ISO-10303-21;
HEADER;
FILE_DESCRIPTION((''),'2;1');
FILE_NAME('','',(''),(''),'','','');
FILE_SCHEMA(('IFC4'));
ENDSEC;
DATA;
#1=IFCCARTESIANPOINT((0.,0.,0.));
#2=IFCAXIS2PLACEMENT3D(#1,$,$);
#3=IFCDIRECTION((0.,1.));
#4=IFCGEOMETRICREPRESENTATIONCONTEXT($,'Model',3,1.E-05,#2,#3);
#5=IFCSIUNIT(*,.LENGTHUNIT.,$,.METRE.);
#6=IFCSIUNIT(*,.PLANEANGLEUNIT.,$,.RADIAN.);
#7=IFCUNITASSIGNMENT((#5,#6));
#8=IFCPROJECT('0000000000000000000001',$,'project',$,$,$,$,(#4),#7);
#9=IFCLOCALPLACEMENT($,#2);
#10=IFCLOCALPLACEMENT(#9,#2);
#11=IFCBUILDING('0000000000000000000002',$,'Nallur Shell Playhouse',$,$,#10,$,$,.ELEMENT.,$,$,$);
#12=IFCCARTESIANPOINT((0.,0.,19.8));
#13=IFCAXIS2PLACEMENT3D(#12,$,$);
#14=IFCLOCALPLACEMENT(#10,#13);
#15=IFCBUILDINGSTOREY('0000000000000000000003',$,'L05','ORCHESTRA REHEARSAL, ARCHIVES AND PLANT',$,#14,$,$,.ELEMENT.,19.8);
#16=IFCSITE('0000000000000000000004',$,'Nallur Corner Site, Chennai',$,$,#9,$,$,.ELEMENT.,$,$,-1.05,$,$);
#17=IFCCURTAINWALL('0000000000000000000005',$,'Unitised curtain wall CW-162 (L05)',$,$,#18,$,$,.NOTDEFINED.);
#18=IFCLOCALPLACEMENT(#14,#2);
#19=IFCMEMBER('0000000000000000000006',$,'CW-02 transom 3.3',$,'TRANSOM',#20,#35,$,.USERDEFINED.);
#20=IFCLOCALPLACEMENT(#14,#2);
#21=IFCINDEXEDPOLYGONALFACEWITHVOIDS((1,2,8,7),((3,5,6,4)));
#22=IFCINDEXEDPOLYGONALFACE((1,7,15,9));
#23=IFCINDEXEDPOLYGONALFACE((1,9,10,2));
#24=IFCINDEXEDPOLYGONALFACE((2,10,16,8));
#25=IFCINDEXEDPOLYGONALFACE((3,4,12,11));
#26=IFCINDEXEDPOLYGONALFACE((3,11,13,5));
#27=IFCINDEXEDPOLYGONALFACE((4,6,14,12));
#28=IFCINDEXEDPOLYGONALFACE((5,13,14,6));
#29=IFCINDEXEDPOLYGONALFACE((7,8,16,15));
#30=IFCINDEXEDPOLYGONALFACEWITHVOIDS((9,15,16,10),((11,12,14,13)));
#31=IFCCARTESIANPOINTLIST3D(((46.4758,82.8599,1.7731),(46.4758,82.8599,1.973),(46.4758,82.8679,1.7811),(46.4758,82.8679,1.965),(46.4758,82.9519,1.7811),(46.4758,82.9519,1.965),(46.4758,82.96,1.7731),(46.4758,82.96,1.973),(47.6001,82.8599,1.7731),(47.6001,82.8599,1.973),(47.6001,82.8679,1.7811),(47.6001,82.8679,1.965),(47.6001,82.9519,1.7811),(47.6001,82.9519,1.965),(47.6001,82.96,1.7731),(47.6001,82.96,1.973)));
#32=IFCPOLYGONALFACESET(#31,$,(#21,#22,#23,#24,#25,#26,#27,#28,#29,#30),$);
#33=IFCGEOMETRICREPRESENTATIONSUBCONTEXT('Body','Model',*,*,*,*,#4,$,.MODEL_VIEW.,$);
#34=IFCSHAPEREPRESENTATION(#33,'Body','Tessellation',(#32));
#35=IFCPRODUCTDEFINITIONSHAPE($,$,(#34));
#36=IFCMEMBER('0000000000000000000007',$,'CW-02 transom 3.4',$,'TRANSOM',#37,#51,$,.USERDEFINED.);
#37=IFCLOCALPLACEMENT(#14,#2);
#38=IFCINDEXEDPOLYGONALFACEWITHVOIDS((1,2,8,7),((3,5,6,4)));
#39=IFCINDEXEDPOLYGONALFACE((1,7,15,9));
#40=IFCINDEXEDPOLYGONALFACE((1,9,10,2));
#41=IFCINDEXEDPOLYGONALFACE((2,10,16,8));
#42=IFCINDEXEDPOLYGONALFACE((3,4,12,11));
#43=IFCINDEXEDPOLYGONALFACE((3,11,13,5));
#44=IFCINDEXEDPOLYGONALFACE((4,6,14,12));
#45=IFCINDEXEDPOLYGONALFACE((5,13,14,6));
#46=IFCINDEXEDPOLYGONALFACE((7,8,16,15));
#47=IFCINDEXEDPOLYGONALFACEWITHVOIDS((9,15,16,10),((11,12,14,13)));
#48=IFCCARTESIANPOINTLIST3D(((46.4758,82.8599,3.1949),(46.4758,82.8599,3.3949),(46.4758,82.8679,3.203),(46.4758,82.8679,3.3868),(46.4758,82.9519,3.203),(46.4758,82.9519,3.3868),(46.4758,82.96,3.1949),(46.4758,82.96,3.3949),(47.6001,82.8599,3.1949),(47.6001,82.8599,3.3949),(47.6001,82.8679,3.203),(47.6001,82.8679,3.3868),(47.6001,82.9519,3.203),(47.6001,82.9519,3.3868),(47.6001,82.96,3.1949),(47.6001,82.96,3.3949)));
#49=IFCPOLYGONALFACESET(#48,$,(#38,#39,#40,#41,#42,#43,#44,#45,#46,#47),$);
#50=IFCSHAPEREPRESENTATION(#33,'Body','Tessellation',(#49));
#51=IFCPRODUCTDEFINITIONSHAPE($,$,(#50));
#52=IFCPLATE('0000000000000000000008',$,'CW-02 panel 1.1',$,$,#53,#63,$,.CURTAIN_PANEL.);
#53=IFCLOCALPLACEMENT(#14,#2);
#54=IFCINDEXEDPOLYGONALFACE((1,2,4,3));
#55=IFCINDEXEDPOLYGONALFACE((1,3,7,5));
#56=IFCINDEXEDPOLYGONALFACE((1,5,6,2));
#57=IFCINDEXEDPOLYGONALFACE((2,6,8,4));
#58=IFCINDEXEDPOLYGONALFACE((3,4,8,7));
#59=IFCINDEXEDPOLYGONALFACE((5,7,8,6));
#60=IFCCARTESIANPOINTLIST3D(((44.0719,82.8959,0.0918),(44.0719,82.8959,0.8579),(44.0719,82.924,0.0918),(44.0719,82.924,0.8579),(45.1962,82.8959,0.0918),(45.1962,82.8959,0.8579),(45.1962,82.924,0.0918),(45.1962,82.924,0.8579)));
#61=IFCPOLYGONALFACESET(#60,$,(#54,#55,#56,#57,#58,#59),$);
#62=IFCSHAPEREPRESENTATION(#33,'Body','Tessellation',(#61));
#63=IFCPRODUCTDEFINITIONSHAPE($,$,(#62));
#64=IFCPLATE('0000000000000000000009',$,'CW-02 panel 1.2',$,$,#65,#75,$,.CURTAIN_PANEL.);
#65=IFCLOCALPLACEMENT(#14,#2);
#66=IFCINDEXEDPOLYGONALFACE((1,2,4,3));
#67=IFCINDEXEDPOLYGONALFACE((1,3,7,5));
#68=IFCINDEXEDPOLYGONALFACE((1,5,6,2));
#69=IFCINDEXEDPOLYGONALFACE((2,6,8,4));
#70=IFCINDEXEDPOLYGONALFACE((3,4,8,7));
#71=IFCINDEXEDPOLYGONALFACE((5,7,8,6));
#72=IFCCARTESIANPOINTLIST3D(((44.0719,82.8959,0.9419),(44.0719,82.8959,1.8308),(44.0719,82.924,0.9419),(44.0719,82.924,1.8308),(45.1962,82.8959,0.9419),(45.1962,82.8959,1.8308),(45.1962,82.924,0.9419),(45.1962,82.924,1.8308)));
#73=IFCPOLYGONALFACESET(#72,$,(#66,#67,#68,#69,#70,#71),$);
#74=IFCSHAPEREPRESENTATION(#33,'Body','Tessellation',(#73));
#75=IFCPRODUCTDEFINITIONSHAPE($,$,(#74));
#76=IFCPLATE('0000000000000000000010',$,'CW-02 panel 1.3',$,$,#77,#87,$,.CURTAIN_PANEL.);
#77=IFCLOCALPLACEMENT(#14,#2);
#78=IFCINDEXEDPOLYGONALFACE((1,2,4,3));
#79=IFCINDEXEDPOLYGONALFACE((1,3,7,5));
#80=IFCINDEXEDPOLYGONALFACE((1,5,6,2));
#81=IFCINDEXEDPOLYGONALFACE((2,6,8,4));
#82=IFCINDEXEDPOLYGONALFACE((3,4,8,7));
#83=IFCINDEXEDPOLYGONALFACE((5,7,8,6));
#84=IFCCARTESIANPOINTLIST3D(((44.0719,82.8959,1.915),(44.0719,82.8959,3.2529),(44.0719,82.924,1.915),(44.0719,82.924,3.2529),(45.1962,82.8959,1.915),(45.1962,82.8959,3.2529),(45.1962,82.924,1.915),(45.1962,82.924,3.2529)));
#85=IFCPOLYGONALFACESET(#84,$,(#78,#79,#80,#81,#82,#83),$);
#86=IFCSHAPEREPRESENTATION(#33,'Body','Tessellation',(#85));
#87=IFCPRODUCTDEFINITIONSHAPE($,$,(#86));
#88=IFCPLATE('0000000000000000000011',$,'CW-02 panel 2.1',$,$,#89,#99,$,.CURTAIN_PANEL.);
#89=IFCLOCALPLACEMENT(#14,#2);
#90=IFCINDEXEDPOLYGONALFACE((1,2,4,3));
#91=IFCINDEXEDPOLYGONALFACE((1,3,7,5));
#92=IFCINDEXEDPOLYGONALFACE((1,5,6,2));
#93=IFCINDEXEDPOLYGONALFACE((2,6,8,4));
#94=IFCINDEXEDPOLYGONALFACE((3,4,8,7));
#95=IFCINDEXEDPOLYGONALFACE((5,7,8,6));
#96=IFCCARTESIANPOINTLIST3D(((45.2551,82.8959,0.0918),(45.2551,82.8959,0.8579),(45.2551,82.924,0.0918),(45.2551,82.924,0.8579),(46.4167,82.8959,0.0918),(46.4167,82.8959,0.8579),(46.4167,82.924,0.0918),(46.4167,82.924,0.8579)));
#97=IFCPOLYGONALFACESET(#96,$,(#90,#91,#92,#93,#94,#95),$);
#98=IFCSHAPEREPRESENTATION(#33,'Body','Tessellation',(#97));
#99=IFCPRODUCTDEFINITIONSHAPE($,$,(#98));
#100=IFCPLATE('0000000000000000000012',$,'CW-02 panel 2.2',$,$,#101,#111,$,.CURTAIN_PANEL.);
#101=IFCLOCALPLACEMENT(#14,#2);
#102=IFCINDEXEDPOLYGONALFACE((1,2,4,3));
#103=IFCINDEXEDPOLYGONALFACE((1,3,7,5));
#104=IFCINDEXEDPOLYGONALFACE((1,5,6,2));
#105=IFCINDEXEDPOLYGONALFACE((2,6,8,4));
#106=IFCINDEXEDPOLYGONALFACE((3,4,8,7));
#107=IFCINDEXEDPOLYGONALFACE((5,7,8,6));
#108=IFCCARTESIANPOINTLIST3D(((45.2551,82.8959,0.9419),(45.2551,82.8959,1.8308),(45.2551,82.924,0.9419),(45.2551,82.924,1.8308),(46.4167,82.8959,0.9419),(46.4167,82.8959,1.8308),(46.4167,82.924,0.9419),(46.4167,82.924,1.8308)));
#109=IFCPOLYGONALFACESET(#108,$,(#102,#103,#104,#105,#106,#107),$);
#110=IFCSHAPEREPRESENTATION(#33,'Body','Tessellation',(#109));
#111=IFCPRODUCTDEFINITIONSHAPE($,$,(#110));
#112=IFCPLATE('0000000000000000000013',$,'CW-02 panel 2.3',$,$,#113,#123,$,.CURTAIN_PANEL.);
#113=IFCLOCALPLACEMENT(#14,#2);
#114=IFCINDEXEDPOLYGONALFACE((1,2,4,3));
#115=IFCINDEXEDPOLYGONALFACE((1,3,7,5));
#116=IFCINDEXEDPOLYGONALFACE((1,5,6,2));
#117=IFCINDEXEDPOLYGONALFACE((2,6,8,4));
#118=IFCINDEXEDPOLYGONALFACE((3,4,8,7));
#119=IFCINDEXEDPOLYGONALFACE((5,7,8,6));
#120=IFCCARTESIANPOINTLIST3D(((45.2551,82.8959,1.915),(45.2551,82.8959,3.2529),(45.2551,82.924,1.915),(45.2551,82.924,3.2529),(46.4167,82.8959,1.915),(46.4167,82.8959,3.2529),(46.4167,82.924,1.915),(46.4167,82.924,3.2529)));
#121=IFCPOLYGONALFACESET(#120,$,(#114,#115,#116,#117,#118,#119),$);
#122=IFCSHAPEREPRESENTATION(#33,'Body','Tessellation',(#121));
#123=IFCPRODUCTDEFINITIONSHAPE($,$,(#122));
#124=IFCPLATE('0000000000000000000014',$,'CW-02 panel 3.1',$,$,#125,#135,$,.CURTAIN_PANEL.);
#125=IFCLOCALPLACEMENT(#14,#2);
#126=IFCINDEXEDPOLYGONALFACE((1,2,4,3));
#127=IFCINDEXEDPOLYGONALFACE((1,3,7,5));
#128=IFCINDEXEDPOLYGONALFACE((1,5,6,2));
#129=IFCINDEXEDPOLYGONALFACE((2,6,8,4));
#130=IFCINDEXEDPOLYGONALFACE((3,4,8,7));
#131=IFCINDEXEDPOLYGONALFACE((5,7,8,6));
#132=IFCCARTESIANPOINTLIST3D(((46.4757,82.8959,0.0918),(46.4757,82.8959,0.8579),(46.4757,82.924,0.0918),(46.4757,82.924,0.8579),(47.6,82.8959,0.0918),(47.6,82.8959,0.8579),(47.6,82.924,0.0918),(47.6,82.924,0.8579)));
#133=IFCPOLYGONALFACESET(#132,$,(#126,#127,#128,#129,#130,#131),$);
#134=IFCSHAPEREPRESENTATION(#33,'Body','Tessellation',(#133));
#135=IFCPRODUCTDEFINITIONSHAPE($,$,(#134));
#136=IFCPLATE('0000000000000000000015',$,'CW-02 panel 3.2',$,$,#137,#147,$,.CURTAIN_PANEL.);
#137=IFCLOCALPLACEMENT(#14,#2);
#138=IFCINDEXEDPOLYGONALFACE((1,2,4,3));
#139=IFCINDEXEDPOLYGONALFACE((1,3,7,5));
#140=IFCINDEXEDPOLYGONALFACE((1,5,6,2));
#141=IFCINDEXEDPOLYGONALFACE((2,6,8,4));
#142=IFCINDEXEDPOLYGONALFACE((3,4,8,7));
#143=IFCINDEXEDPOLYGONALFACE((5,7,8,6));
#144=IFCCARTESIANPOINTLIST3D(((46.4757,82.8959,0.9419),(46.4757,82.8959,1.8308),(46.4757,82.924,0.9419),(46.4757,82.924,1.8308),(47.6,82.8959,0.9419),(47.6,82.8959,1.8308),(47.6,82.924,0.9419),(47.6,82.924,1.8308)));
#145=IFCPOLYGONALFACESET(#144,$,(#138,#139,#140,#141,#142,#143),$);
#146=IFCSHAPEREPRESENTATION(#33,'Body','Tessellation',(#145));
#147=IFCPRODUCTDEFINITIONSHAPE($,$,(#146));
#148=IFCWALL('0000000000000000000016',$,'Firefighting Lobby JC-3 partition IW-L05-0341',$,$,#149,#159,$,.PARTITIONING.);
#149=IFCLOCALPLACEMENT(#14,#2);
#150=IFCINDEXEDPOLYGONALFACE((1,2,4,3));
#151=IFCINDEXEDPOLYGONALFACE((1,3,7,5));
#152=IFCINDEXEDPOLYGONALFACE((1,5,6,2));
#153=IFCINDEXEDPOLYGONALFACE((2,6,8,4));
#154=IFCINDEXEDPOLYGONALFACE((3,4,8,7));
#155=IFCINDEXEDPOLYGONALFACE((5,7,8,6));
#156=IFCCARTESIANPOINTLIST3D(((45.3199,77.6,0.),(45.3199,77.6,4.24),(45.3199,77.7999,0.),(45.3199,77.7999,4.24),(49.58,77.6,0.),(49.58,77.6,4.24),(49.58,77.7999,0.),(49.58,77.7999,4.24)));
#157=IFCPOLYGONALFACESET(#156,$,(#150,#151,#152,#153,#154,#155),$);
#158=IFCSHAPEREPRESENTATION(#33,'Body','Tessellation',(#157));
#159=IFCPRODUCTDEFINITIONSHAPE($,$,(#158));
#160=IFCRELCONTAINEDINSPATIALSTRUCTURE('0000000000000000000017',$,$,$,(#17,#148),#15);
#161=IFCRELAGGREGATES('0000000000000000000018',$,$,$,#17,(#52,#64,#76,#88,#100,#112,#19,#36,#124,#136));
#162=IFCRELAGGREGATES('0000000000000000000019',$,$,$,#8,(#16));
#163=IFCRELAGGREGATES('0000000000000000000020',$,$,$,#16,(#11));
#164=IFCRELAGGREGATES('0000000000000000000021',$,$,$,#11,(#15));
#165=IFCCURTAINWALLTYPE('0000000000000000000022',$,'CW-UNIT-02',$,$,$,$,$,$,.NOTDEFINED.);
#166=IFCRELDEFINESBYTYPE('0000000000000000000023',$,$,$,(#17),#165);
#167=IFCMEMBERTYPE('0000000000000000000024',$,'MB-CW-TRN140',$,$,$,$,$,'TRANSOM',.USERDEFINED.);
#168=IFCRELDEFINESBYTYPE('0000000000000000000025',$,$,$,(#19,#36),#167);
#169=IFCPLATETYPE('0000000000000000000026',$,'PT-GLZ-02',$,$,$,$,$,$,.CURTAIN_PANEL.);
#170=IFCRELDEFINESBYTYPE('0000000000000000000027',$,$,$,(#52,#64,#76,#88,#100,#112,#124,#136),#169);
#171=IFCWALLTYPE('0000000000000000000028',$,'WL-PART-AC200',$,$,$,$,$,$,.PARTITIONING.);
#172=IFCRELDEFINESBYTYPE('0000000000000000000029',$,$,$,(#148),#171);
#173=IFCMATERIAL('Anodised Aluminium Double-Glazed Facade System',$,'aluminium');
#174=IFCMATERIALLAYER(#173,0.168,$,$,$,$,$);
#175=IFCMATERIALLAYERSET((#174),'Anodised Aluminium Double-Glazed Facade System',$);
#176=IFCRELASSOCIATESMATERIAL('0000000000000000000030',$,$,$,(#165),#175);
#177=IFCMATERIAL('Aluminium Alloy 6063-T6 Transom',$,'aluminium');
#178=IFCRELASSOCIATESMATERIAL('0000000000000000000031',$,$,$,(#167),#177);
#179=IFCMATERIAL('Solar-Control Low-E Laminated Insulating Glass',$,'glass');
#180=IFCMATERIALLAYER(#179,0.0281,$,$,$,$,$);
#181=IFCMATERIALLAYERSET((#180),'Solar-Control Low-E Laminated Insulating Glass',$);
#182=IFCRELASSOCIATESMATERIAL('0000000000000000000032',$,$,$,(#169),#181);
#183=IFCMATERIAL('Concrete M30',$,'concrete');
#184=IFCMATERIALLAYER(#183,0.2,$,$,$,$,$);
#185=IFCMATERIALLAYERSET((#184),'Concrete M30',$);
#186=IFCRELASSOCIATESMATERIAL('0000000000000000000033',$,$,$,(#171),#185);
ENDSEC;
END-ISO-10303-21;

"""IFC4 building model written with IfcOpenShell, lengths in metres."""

from ifc_helpers import new_model, si_unit, direction, frame, frame_2d, origin, origin_2d, place, context, subcontext, project, spatial, rectangle, hollow_rectangle, extrude, material, layer, layer_set, material_profile, profile_set, type_object, element, aggregate, save


model = new_model("IFC4")

# Units and contexts
model_context = context("Model", 3, precision=1e-05, world=origin(), true_north=direction((0.0, 1.0)))
body_context = subcontext(model_context, "Body", "Model", "MODEL_VIEW")
ifc_project = project(units=[si_unit("LENGTHUNIT", "METRE"), si_unit("PLANEANGLEUNIT", "RADIAN")], contexts=[model_context])

# Site, building, storey
site_placement = place(None, origin())
site = spatial("IfcSite", under=ifc_project, at=site_placement, Name="Nallur Corner Site, Chennai", CompositionType="ELEMENT", RefElevation=-1.05)
building_placement = place(site_placement, origin())
building = spatial("IfcBuilding", under=site, at=building_placement, Name="Nallur Shell Playhouse", CompositionType="ELEMENT")
storey_placement = place(building_placement, frame((0.0, 0.0, 19.8)))
storey = spatial("IfcBuildingStorey", under=building, at=storey_placement, Name="L05", Description="ORCHESTRA REHEARSAL, ARCHIVES AND PLANT", CompositionType="ELEMENT", Elevation=19.8)

# Curtain wall, members, plates
ifc_material_1 = material(Name="Anodised Aluminium Double-Glazed Facade System", Category="aluminium")
ifc_layer_1 = layer(ifc_material_1, 0.168)
ifc_layer_set_1 = layer_set([ifc_layer_1], Name="Anodised Aluminium Double-Glazed Facade System")
curtain_wall_type = type_object("IfcCurtainWallType", Name="CW-UNIT-02", PredefinedType="NOTDEFINED", material=ifc_layer_set_1)
curtain_wall_placement = place(storey_placement, origin())
curtain_wall = element("IfcCurtainWall", 1, at=curtain_wall_placement, inside=storey, type_object=curtain_wall_type, Name="Unitised curtain wall CW-162 (L05)", PredefinedType="NOTDEFINED")
ifc_material_2 = material(Name="Aluminium Alloy 6063-T6 Transom", Category="aluminium")
ifc_material_profile_1 = material_profile(ifc_material_2, hollow_rectangle(XDim=0.1001, YDim=0.2, WallThickness=0.0081, at=origin_2d()), Name="RHS 200x100x8")
ifc_profile_set_1 = profile_set([ifc_material_profile_1], Name="Aluminium Alloy 6063-T6 Transom")
member_type_1 = type_object("IfcMemberType", Name="MB-CW-TRN140", ElementType="TRANSOM", PredefinedType="USERDEFINED", material=ifc_profile_set_1)
member_1_placement = place(storey_placement, frame((46.4758, 82.9099, 1.873), z_axis=(1.0, 0.0, 0.0), x_axis=(0.0, 1.0, 0.0)))
member_1 = element("IfcMember", 2, at=member_1_placement, type_object=member_type_1, Name="CW-02 transom 3.3", ObjectType="TRANSOM", PredefinedType="USERDEFINED", context=body_context, shape_type="SweptSolid", body=[
    extrude(hollow_rectangle(XDim=0.1001, YDim=0.2, WallThickness=0.0081, at=origin_2d()), origin(), (0.0, 0.0, 1.0), 1.1243),
])
member_2_placement = place(storey_placement, frame((46.4758, 82.9099, 3.2949), z_axis=(1.0, 0.0, 0.0), x_axis=(0.0, 1.0, 0.0)))
member_2 = element("IfcMember", 3, at=member_2_placement, type_object=member_type_1, Name="CW-02 transom 3.4", ObjectType="TRANSOM", PredefinedType="USERDEFINED", context=body_context, shape_type="SweptSolid", body=[
    extrude(hollow_rectangle(XDim=0.1001, YDim=0.2, WallThickness=0.0081, at=origin_2d()), origin(), (0.0, 0.0, 1.0), 1.1243),
])
ifc_material_3 = material(Name="Solar-Control Low-E Laminated Insulating Glass", Category="glass")
ifc_layer_2 = layer(ifc_material_3, 0.0281)
ifc_layer_set_2 = layer_set([ifc_layer_2], Name="Solar-Control Low-E Laminated Insulating Glass")
plate_type = type_object("IfcPlateType", Name="PT-GLZ-02", PredefinedType="CURTAIN_PANEL", material=ifc_layer_set_2)
plate_1_placement = place(storey_placement, frame((44.634, 82.9099, 0.0918), z_axis=(0.0, 0.0, 1.0), x_axis=(1.0, 0.0, 0.0)))
plate_1 = element("IfcPlate", 4, at=plate_1_placement, type_object=plate_type, Name="CW-02 panel 1.1", PredefinedType="CURTAIN_PANEL", context=body_context, shape_type="SweptSolid", body=[
    extrude(rectangle(XDim=1.1243, YDim=0.0281, at=origin_2d()), origin(), (0.0, 0.0, 1.0), 0.7661),
])
plate_2_placement = place(storey_placement, frame((44.634, 82.9099, 0.9419), z_axis=(0.0, 0.0, 1.0), x_axis=(1.0, 0.0, 0.0)))
plate_2 = element("IfcPlate", 5, at=plate_2_placement, type_object=plate_type, Name="CW-02 panel 1.2", PredefinedType="CURTAIN_PANEL", context=body_context, shape_type="SweptSolid", body=[
    extrude(rectangle(XDim=1.1243, YDim=0.0281, at=origin_2d()), origin(), (0.0, 0.0, 1.0), 0.8889),
])
plate_3_placement = place(storey_placement, frame((44.634, 82.9099, 1.915), z_axis=(0.0, 0.0, 1.0), x_axis=(1.0, 0.0, 0.0)))
plate_3 = element("IfcPlate", 6, at=plate_3_placement, type_object=plate_type, Name="CW-02 panel 1.3", PredefinedType="CURTAIN_PANEL", context=body_context, shape_type="SweptSolid", body=[
    extrude(rectangle(XDim=1.1243, YDim=0.0281, at=origin_2d()), origin(), (0.0, 0.0, 1.0), 1.3379),
])
plate_4_placement = place(storey_placement, frame((45.8359, 82.9099, 0.0918), z_axis=(0.0, 0.0, 1.0), x_axis=(1.0, 0.0, 0.0)))
plate_4 = element("IfcPlate", 7, at=plate_4_placement, type_object=plate_type, Name="CW-02 panel 2.1", PredefinedType="CURTAIN_PANEL", context=body_context, shape_type="SweptSolid", body=[
    extrude(rectangle(XDim=1.1616, YDim=0.0281, at=origin_2d()), origin(), (0.0, 0.0, 1.0), 0.7661),
])
plate_5_placement = place(storey_placement, frame((45.8359, 82.9099, 0.9419), z_axis=(0.0, 0.0, 1.0), x_axis=(1.0, 0.0, 0.0)))
plate_5 = element("IfcPlate", 8, at=plate_5_placement, type_object=plate_type, Name="CW-02 panel 2.2", PredefinedType="CURTAIN_PANEL", context=body_context, shape_type="SweptSolid", body=[
    extrude(rectangle(XDim=1.1616, YDim=0.0281, at=origin_2d()), origin(), (0.0, 0.0, 1.0), 0.8889),
])
plate_6_placement = place(storey_placement, frame((45.8359, 82.9099, 1.915), z_axis=(0.0, 0.0, 1.0), x_axis=(1.0, 0.0, 0.0)))
plate_6 = element("IfcPlate", 9, at=plate_6_placement, type_object=plate_type, Name="CW-02 panel 2.3", PredefinedType="CURTAIN_PANEL", context=body_context, shape_type="SweptSolid", body=[
    extrude(rectangle(XDim=1.1616, YDim=0.0281, at=origin_2d()), origin(), (0.0, 0.0, 1.0), 1.3379),
])
plate_7_placement = place(storey_placement, frame((47.0378, 82.9099, 0.0918), z_axis=(0.0, 0.0, 1.0), x_axis=(1.0, 0.0, 0.0)))
plate_7 = element("IfcPlate", 10, at=plate_7_placement, type_object=plate_type, Name="CW-02 panel 3.1", PredefinedType="CURTAIN_PANEL", context=body_context, shape_type="SweptSolid", body=[
    extrude(rectangle(XDim=1.1243, YDim=0.0281, at=origin_2d()), origin(), (0.0, 0.0, 1.0), 0.7661),
])
plate_8_placement = place(storey_placement, frame((47.0378, 82.9099, 0.9419), z_axis=(0.0, 0.0, 1.0), x_axis=(1.0, 0.0, 0.0)))
plate_8 = element("IfcPlate", 11, at=plate_8_placement, type_object=plate_type, Name="CW-02 panel 3.2", PredefinedType="CURTAIN_PANEL", context=body_context, shape_type="SweptSolid", body=[
    extrude(rectangle(XDim=1.1243, YDim=0.0281, at=origin_2d()), origin(), (0.0, 0.0, 1.0), 0.8889),
])
aggregate(curtain_wall, [plate_1, plate_2, plate_3, plate_4, plate_5, plate_6, member_1, member_2, plate_7, plate_8])

# Wall
ifc_material_4 = material(Name="Concrete M30", Category="concrete")
ifc_layer_3 = layer(ifc_material_4, 0.2)
ifc_layer_set_3 = layer_set([ifc_layer_3], Name="Concrete M30")
wall_type = type_object("IfcWallType", Name="WL-PART-AC200", PredefinedType="PARTITIONING", material=ifc_layer_set_3)
wall_placement = place(storey_placement, frame((45.3201, 77.7, 0.0), z_axis=(0.0, 0.0, 1.0), x_axis=(1.0, 0.0, 0.0)))
element("IfcWall", 12, at=wall_placement, inside=storey, type_object=wall_type, Name="Firefighting Lobby JC-3 partition IW-L05-0341", PredefinedType="PARTITIONING", context=body_context, shape_type="SweptSolid", body=[
    extrude(rectangle(XDim=4.26, YDim=0.2, at=frame_2d((2.1299, 0.0))), origin(), (0.0, 0.0, 1.0), 4.24),
])

save(model, "model.ifc")
